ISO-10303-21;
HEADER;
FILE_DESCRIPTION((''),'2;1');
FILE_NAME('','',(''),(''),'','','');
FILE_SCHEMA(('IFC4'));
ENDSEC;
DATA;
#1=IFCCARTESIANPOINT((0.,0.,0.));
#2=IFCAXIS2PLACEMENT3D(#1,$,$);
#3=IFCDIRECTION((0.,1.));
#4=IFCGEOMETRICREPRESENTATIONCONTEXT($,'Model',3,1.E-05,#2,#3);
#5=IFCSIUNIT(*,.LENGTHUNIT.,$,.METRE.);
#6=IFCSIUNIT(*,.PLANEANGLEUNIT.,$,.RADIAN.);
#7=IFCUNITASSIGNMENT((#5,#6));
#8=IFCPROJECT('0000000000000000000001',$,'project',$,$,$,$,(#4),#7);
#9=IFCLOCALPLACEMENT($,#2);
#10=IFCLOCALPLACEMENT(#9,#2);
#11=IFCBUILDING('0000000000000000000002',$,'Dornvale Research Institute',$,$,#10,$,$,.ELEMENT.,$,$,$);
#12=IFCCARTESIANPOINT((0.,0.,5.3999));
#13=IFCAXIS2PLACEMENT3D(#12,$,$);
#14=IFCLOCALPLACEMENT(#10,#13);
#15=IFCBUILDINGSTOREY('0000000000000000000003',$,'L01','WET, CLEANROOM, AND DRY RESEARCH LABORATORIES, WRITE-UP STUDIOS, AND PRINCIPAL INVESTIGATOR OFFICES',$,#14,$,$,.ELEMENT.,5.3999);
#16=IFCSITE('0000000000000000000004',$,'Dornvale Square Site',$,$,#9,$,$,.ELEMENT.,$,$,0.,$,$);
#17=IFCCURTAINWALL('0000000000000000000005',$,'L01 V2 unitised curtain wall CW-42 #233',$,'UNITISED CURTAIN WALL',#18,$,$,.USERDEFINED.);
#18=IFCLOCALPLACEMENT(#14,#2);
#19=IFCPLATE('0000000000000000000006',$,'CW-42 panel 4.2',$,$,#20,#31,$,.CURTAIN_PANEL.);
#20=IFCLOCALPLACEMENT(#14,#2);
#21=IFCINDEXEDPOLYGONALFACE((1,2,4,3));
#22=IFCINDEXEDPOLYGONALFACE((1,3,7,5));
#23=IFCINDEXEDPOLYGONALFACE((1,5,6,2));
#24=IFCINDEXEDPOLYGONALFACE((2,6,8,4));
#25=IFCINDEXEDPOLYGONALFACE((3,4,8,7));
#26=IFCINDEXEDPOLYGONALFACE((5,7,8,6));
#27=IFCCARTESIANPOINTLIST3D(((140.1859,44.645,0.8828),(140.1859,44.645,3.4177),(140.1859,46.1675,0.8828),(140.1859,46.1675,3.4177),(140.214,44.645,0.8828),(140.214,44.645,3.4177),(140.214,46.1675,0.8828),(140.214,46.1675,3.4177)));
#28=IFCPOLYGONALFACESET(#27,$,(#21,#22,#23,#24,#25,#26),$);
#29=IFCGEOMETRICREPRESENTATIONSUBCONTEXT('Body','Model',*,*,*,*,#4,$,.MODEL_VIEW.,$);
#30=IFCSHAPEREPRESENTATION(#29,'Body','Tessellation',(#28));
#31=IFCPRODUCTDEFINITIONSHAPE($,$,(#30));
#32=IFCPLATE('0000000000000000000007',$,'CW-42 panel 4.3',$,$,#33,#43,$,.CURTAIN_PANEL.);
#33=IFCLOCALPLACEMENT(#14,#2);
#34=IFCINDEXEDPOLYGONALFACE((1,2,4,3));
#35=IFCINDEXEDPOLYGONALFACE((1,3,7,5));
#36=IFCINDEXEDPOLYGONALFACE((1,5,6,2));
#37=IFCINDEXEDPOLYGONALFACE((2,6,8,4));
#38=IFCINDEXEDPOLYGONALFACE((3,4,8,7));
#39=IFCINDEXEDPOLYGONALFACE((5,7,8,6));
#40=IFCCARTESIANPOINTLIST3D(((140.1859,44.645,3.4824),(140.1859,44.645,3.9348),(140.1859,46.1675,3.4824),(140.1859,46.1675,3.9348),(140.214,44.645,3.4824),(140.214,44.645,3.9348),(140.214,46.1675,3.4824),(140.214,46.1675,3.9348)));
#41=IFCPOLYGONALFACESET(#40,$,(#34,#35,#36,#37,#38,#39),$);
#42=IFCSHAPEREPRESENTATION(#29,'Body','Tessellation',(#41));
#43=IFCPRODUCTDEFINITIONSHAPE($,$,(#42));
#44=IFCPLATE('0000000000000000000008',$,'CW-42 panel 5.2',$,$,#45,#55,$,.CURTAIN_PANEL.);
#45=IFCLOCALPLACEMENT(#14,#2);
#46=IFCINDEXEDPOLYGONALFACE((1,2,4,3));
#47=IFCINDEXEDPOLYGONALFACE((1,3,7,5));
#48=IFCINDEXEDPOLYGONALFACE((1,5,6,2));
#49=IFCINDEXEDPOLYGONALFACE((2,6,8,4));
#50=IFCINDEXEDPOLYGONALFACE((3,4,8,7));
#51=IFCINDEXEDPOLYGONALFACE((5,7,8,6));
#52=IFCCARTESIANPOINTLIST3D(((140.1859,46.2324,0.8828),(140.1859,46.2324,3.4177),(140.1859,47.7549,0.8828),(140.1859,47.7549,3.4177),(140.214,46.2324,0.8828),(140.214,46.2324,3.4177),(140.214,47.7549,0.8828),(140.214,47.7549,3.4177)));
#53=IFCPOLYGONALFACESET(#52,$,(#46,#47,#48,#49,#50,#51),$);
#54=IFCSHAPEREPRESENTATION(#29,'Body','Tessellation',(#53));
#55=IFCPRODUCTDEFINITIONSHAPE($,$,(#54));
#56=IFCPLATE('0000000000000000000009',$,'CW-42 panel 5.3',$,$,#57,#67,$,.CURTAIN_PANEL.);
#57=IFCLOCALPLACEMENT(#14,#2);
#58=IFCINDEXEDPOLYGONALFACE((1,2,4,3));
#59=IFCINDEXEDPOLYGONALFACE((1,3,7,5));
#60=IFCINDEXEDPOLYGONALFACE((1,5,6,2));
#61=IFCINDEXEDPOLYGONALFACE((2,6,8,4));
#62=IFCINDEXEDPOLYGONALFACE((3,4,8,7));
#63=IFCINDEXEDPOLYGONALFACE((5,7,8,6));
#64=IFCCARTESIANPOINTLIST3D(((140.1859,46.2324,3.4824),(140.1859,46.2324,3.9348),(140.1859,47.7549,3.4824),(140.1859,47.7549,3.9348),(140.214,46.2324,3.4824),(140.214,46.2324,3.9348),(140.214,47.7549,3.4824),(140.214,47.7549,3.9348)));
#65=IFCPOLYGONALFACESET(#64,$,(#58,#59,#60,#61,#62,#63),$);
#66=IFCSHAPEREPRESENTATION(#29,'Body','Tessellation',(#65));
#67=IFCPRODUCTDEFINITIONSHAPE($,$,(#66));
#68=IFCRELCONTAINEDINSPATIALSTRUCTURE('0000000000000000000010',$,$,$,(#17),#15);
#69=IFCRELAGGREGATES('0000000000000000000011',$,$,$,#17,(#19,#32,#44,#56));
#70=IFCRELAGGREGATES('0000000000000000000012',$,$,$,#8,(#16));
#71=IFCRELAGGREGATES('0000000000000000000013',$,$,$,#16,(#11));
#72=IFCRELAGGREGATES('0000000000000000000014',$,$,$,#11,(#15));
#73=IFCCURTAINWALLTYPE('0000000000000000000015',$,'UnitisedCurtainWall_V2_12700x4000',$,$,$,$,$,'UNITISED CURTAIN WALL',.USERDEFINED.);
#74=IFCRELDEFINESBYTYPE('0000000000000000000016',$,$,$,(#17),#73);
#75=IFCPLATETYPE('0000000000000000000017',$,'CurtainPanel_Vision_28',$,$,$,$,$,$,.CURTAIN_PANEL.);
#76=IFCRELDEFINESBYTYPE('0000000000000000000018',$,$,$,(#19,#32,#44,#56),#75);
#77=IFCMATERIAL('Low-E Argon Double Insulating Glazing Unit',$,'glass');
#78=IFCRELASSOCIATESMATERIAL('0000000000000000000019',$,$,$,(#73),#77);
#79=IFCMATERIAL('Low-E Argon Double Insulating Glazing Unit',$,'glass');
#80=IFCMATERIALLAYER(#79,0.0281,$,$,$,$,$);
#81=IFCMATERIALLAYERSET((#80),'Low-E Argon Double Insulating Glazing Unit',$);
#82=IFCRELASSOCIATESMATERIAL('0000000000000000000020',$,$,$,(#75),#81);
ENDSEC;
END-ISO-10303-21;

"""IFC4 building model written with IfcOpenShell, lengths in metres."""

from ifc_helpers import new_model, si_unit, direction, frame, origin, origin_2d, place, context, subcontext, project, spatial, rectangle, extrude, material, layer, layer_set, type_object, element, aggregate, save


model = new_model("IFC4")

# Units and contexts
model_context = context("Model", 3, precision=1e-05, world=origin(), true_north=direction((0.0, 1.0)))
body_context = subcontext(model_context, "Body", "Model", "MODEL_VIEW")
ifc_project = project(units=[si_unit("LENGTHUNIT", "METRE"), si_unit("PLANEANGLEUNIT", "RADIAN")], contexts=[model_context])

# Site, building, storey
site_placement = place(None, origin())
site = spatial("IfcSite", under=ifc_project, at=site_placement, Name="Dornvale Square Site", CompositionType="ELEMENT", RefElevation=0.0)
building_placement = place(site_placement, origin())
building = spatial("IfcBuilding", under=site, at=building_placement, Name="Dornvale Research Institute", CompositionType="ELEMENT")
storey_placement = place(building_placement, frame((0.0, 0.0, 5.3999)))
storey = spatial("IfcBuildingStorey", under=building, at=storey_placement, Name="L01", Description="WET, CLEANROOM, AND DRY RESEARCH LABORATORIES, WRITE-UP STUDIOS, AND PRINCIPAL INVESTIGATOR OFFICES", CompositionType="ELEMENT", Elevation=5.3999)

# Curtain wall, plates
ifc_material_1 = material(Name="Low-E Argon Double Insulating Glazing Unit", Category="glass")
curtain_wall_type = type_object("IfcCurtainWallType", Name="UnitisedCurtainWall_V2_12700x4000", ElementType="UNITISED CURTAIN WALL", PredefinedType="USERDEFINED", material=ifc_material_1)
curtain_wall_placement = place(storey_placement, origin())
curtain_wall = element("IfcCurtainWall", 1, at=curtain_wall_placement, inside=storey, type_object=curtain_wall_type, Name="L01 V2 unitised curtain wall CW-42 #233", ObjectType="UNITISED CURTAIN WALL", PredefinedType="USERDEFINED")
ifc_material_2 = material(Name="Low-E Argon Double Insulating Glazing Unit", Category="glass")
ifc_layer_1 = layer(ifc_material_2, 0.0281)
ifc_layer_set_1 = layer_set([ifc_layer_1], Name="Low-E Argon Double Insulating Glazing Unit")
plate_type_1 = type_object("IfcPlateType", Name="CurtainPanel_Vision_28", PredefinedType="CURTAIN_PANEL", material=ifc_layer_set_1)
plate_1_placement = place(storey_placement, frame((140.2, 45.4062, 0.8828), z_axis=(0.0, 0.0, 1.0), x_axis=(0.0, 1.0, 0.0)))
plate_1 = element("IfcPlate", 2, at=plate_1_placement, type_object=plate_type_1, Name="CW-42 panel 4.2", PredefinedType="CURTAIN_PANEL", context=body_context, shape_type="SweptSolid", body=[
    extrude(rectangle(XDim=1.5225, YDim=0.0281, at=origin_2d()), origin(), (0.0, 0.0, 1.0), 2.5349),
])
plate_2_placement = place(storey_placement, frame((140.2, 45.4062, 3.4824), z_axis=(0.0, 0.0, 1.0), x_axis=(0.0, 1.0, 0.0)))
plate_2 = element("IfcPlate", 3, at=plate_2_placement, type_object=plate_type_1, Name="CW-42 panel 4.3", PredefinedType="CURTAIN_PANEL", context=body_context, shape_type="SweptSolid", body=[
    extrude(rectangle(XDim=1.5225, YDim=0.0281, at=origin_2d()), origin(), (0.0, 0.0, 1.0), 0.4524),
])
plate_3_placement = place(storey_placement, frame((140.2, 46.9937, 0.8828), z_axis=(0.0, 0.0, 1.0), x_axis=(0.0, 1.0, 0.0)))
plate_3 = element("IfcPlate", 4, at=plate_3_placement, type_object=plate_type_1, Name="CW-42 panel 5.2", PredefinedType="CURTAIN_PANEL", context=body_context, shape_type="SweptSolid", body=[
    extrude(rectangle(XDim=1.5225, YDim=0.0281, at=origin_2d()), origin(), (0.0, 0.0, 1.0), 2.5349),
])
plate_4_placement = place(storey_placement, frame((140.2, 46.9937, 3.4824), z_axis=(0.0, 0.0, 1.0), x_axis=(0.0, 1.0, 0.0)))
plate_4 = element("IfcPlate", 5, at=plate_4_placement, type_object=plate_type_1, Name="CW-42 panel 5.3", PredefinedType="CURTAIN_PANEL", context=body_context, shape_type="SweptSolid", body=[
    extrude(rectangle(XDim=1.5225, YDim=0.0281, at=origin_2d()), origin(), (0.0, 0.0, 1.0), 0.4524),
])
aggregate(curtain_wall, [plate_1, plate_2, plate_3, plate_4])

save(model, "model.ifc")
